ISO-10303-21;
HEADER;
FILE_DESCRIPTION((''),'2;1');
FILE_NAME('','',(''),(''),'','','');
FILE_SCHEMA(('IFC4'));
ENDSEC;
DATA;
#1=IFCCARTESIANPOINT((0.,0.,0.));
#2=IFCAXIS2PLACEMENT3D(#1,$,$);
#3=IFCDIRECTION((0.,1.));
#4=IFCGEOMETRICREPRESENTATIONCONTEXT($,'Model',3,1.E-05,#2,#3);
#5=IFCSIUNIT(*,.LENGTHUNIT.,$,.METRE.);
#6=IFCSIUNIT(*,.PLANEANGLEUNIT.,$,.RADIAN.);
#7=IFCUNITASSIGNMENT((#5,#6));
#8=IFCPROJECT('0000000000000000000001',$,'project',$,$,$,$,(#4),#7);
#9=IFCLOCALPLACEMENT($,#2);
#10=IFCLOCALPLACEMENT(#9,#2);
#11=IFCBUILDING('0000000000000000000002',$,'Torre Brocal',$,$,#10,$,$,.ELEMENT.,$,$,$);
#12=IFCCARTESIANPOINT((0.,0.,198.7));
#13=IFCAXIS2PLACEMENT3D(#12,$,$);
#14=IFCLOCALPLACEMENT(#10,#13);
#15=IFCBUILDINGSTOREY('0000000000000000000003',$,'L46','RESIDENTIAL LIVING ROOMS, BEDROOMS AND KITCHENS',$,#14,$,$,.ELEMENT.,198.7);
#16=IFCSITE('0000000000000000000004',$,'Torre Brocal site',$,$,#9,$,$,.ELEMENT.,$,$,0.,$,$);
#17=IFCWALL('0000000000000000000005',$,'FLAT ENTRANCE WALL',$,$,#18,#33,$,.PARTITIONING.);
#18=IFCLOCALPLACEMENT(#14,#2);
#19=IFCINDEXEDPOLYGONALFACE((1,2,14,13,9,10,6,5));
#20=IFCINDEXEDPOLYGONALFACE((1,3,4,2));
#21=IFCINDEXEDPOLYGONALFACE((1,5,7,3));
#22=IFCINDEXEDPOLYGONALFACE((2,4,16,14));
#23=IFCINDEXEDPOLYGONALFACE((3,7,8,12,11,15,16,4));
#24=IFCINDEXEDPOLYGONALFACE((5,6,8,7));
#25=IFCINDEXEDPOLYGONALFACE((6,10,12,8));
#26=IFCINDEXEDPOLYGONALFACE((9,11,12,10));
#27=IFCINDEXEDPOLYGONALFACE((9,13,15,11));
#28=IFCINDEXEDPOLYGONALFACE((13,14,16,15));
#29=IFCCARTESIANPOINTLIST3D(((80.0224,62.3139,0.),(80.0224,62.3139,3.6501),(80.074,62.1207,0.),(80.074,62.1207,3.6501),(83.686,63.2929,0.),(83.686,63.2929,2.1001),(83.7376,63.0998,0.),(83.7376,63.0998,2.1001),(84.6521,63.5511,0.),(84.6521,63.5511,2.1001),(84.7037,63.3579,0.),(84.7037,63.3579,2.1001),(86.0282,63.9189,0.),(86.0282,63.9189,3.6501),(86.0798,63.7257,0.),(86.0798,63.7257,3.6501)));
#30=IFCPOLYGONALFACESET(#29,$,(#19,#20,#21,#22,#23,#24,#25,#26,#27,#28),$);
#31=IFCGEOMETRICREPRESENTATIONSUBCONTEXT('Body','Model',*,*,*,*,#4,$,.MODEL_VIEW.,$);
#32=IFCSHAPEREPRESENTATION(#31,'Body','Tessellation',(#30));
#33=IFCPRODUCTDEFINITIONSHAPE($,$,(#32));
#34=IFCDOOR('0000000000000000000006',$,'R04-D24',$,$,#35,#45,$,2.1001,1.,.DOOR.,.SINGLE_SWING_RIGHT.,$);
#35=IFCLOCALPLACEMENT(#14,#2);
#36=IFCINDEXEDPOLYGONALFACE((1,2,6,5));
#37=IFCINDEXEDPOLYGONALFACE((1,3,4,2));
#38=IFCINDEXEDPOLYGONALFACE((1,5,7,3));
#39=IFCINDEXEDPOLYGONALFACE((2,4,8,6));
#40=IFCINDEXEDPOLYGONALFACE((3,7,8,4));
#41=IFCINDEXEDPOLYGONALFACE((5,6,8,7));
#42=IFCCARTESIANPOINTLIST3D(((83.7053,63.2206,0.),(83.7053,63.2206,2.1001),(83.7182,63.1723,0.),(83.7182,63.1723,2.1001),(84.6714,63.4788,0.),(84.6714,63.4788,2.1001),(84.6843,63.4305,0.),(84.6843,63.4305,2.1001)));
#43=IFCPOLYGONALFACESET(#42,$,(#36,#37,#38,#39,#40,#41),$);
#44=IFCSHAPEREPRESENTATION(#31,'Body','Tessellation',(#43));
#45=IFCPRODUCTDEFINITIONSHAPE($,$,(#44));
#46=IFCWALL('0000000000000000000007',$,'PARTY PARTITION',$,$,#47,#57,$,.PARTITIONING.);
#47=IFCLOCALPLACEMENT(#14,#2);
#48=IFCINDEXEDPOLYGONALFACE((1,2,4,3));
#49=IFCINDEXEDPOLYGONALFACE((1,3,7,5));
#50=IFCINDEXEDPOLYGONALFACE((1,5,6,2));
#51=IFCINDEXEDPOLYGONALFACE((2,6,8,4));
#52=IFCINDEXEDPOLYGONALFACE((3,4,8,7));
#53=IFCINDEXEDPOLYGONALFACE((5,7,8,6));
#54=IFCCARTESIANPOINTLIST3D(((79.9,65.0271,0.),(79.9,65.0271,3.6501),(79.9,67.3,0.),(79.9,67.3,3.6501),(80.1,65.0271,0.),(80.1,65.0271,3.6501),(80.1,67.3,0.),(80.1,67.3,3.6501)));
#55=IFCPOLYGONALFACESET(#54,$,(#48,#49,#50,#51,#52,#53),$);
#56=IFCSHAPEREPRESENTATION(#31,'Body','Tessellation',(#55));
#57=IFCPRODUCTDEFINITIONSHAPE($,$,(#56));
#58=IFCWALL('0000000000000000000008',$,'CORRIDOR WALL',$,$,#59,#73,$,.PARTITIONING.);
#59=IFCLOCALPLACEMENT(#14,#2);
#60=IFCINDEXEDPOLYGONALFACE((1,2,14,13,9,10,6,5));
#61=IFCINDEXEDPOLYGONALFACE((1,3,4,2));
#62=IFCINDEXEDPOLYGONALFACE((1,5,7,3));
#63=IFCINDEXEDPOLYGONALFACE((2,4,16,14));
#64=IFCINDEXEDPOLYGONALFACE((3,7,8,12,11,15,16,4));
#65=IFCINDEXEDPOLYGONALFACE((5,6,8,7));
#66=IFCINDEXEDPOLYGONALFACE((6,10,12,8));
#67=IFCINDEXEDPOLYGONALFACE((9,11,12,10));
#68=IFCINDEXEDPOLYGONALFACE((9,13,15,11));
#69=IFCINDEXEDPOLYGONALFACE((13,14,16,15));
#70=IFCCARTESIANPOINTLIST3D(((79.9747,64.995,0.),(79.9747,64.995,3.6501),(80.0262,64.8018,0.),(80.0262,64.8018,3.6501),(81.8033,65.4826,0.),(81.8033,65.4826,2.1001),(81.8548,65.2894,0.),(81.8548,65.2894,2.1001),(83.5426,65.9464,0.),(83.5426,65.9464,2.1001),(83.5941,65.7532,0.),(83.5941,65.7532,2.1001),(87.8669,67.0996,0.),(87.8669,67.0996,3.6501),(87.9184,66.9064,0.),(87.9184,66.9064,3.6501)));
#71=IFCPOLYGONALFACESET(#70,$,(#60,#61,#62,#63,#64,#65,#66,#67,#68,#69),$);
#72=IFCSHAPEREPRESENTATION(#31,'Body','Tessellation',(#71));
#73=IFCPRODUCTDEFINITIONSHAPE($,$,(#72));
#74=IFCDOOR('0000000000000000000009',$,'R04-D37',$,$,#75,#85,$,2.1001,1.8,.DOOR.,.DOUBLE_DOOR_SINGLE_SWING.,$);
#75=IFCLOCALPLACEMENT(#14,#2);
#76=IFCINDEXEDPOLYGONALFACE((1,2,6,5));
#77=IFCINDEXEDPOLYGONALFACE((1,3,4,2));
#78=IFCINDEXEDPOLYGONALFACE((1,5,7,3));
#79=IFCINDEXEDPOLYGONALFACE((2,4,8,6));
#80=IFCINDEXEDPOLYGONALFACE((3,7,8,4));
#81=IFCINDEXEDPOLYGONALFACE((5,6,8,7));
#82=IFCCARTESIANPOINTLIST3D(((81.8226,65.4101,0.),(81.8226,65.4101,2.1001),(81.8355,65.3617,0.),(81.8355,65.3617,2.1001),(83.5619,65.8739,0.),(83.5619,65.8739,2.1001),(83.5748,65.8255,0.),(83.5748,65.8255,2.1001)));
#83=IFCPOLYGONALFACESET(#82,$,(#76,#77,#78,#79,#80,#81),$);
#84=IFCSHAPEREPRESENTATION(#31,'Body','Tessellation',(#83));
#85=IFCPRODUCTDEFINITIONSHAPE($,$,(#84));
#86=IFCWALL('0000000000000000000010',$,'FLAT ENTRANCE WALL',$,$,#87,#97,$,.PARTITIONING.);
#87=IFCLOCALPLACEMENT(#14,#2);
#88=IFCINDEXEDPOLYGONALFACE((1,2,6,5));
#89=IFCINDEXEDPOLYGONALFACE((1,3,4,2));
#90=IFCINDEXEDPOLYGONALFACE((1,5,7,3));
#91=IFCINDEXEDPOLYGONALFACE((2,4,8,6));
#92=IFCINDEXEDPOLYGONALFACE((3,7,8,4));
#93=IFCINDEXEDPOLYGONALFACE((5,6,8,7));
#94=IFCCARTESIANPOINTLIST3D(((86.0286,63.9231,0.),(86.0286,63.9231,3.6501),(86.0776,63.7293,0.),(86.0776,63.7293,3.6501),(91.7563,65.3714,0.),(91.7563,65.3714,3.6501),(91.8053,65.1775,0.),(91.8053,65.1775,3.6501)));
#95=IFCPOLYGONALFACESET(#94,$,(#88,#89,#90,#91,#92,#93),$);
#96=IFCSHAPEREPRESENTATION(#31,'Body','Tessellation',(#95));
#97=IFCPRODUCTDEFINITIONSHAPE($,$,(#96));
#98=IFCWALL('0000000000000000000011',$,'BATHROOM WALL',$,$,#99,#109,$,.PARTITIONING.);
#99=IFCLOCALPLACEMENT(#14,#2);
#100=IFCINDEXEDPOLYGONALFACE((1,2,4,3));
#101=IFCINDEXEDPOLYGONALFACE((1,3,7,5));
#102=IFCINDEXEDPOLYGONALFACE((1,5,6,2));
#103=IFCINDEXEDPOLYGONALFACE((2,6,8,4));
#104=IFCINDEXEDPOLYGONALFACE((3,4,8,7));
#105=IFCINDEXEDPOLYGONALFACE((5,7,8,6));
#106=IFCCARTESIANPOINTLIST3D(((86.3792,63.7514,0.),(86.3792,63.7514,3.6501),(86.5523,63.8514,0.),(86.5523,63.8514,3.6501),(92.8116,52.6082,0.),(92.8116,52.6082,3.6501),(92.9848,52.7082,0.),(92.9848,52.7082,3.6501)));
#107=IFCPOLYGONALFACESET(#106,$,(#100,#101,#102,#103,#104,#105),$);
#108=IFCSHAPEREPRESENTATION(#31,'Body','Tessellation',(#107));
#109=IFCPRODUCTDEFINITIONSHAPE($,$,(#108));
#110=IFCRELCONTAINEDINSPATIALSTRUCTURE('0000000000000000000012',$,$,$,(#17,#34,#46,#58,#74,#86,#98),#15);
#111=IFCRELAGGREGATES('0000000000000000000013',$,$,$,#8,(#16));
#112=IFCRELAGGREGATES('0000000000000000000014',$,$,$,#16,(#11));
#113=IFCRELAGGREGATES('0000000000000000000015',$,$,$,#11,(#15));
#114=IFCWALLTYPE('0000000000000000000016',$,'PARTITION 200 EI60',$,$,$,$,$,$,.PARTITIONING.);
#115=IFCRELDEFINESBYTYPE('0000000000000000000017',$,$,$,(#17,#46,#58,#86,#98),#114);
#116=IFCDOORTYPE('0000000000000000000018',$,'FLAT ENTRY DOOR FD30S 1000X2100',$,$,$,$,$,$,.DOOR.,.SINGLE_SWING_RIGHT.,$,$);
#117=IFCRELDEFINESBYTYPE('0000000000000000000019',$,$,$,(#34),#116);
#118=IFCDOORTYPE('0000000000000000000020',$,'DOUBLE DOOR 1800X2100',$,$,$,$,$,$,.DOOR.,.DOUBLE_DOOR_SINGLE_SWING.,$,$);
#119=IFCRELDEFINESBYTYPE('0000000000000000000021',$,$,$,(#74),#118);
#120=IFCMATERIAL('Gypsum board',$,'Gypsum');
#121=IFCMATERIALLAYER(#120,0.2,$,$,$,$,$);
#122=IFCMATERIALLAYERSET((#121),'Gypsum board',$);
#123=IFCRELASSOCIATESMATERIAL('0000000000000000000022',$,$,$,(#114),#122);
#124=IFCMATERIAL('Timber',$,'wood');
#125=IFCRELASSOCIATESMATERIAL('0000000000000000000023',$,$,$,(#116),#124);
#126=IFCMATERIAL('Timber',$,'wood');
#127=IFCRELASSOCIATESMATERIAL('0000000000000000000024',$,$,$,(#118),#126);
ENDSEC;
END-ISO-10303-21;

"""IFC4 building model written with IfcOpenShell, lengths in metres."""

from ifc_helpers import new_model, si_unit, direction, frame, frame_2d, origin, place, context, subcontext, project, spatial, rectangle, extrude, material, layer, layer_set, type_object, element, fill, save


model = new_model("IFC4")

# Units and contexts
model_context = context("Model", 3, precision=1e-05, world=origin(), true_north=direction((0.0, 1.0)))
body_context = subcontext(model_context, "Body", "Model", "MODEL_VIEW")
ifc_project = project(units=[si_unit("LENGTHUNIT", "METRE"), si_unit("PLANEANGLEUNIT", "RADIAN")], contexts=[model_context])

# Site, building, storey
site_placement = place(None, origin())
site = spatial("IfcSite", under=ifc_project, at=site_placement, Name="Torre Brocal site", CompositionType="ELEMENT", RefElevation=0.0)
building_placement = place(site_placement, origin())
building = spatial("IfcBuilding", under=site, at=building_placement, Name="Torre Brocal", CompositionType="ELEMENT")
storey_placement = place(building_placement, frame((0.0, 0.0, 198.7)))
storey = spatial("IfcBuildingStorey", under=building, at=storey_placement, Name="L46", Description="RESIDENTIAL LIVING ROOMS, BEDROOMS AND KITCHENS", CompositionType="ELEMENT", Elevation=198.7)

# Wall, opening, door
ifc_material_1 = material(Name="Gypsum board", Category="Gypsum")
ifc_layer_1 = layer(ifc_material_1, 0.2)
ifc_layer_set_1 = layer_set([ifc_layer_1], Name="Gypsum board")
wall_type_1 = type_object("IfcWallType", Name="PARTITION 200 EI60", PredefinedType="PARTITIONING", material=ifc_layer_set_1)
wall_1_placement = place(storey_placement, frame((80.0481, 62.2173, 0.0), z_axis=(0.0, 0.0, 1.0), x_axis=(0.966098, 0.258176, 0.0)))
wall_1 = element("IfcWall", 1, at=wall_1_placement, inside=storey, type_object=wall_type_1, Name="FLAT ENTRANCE WALL", PredefinedType="PARTITIONING", context=body_context, shape_type="SweptSolid", body=[
    extrude(rectangle(XDim=6.2166, YDim=0.2, at=frame_2d((3.1084, 0.0))), origin(), (0.0, 0.0, 1.0), 3.6501),
])
opening_1_placement = place(wall_1_placement, frame((3.7922, 0.0, 0.0)))
opening_1 = element("IfcOpeningElement", 2, at=opening_1_placement, cuts=wall_1, PredefinedType="OPENING", context=body_context, shape_type="SweptSolid", body=[
    extrude(rectangle(XDim=1.0, YDim=2.1001, at=frame_2d((0.5, 1.05))), frame((0.0, 0.1099, 0.0), z_axis=(0.0, -1.0, 0.0), x_axis=(1.0, 0.0, 0.0)), (0.0, 0.0, 1.0), 0.22),
])
ifc_material_2 = material(Name="Timber", Category="wood")
door_type_1 = type_object("IfcDoorType", Name="FLAT ENTRY DOOR FD30S 1000X2100", OperationType="SINGLE_SWING_RIGHT", PredefinedType="DOOR", material=ifc_material_2)
door_1_placement = place(opening_1_placement, frame((1.0, 0.0, 0.0), z_axis=(0.0, 0.0, 1.0), x_axis=(-1.0, 0.0, 0.0)))
door_1 = element("IfcDoor", 3, at=door_1_placement, inside=storey, type_object=door_type_1, Name="R04-D24", OperationType="SINGLE_SWING_RIGHT", OverallHeight=2.1001, OverallWidth=1.0, PredefinedType="DOOR", context=body_context, shape_type="SweptSolid", body=[
    extrude(rectangle(XDim=1.0, YDim=2.1001, at=frame_2d((0.5, 1.05))), frame((0.0, 0.0249, 0.0), z_axis=(0.0, -1.0, 0.0), x_axis=(1.0, 0.0, 0.0)), (0.0, 0.0, 1.0), 0.05),
])
fill(opening_1, door_1)

# Wall
wall_2_placement = place(storey_placement, frame((80.0, 65.0271, 0.0), z_axis=(0.0, 0.0, 1.0), x_axis=(0.0, 1.0, 0.0)))
element("IfcWall", 4, at=wall_2_placement, inside=storey, type_object=wall_type_1, Name="PARTY PARTITION", PredefinedType="PARTITIONING", context=body_context, shape_type="SweptSolid", body=[
    extrude(rectangle(XDim=2.2729, YDim=0.2, at=frame_2d((1.1365, 0.0))), origin(), (0.0, 0.0, 1.0), 3.6501),
])

# Wall, opening, door
wall_3_placement = place(storey_placement, frame((80.0005, 64.8984, 0.0), z_axis=(0.0, 0.0, 1.0), x_axis=(0.966237, 0.257655, 0.0)))
wall_3 = element("IfcWall", 5, at=wall_3_placement, inside=storey, type_object=wall_type_1, Name="CORRIDOR WALL", PredefinedType="PARTITIONING", context=body_context, shape_type="SweptSolid", body=[
    extrude(rectangle(XDim=8.168, YDim=0.2, at=frame_2d((4.084, 0.0))), origin(), (0.0, 0.0, 1.0), 3.6501),
])
opening_2_placement = place(wall_3_placement, frame((1.8926, 0.0, 0.0)))
opening_2 = element("IfcOpeningElement", 6, at=opening_2_placement, cuts=wall_3, PredefinedType="OPENING", context=body_context, shape_type="SweptSolid", body=[
    extrude(rectangle(XDim=1.8, YDim=2.1001, at=frame_2d((0.8999, 1.05))), frame((0.0, 0.1099, 0.0), z_axis=(0.0, -1.0, 0.0), x_axis=(1.0, 0.0, 0.0)), (0.0, 0.0, 1.0), 0.22),
])
ifc_material_3 = material(Name="Timber", Category="wood")
door_type_2 = type_object("IfcDoorType", Name="DOUBLE DOOR 1800X2100", OperationType="DOUBLE_DOOR_SINGLE_SWING", PredefinedType="DOOR", material=ifc_material_3)
door_2_placement = place(opening_2_placement, origin())
door_2 = element("IfcDoor", 7, at=door_2_placement, inside=storey, type_object=door_type_2, Name="R04-D37", OperationType="DOUBLE_DOOR_SINGLE_SWING", OverallHeight=2.1001, OverallWidth=1.8, PredefinedType="DOOR", context=body_context, shape_type="SweptSolid", body=[
    extrude(rectangle(XDim=1.8, YDim=2.1001, at=frame_2d((0.8999, 1.05))), frame((0.0, 0.0249, 0.0), z_axis=(0.0, -1.0, 0.0), x_axis=(1.0, 0.0, 0.0)), (0.0, 0.0, 1.0), 0.05),
])
fill(opening_2, door_2)

# Walls
wall_4_placement = place(storey_placement, frame((86.053, 63.8262, 0.0), z_axis=(0.0, 0.0, 1.0), x_axis=(0.96949, 0.245131, 0.0)))
element("IfcWall", 8, at=wall_4_placement, inside=storey, type_object=wall_type_1, Name="FLAT ENTRANCE WALL", PredefinedType="PARTITIONING", context=body_context, shape_type="SweptSolid", body=[
    extrude(rectangle(XDim=5.908, YDim=0.2, at=frame_2d((2.9541, 0.0))), origin(), (0.0, 0.0, 1.0), 3.6501),
])
wall_5_placement = place(storey_placement, frame((86.4658, 63.8013, 0.0), z_axis=(0.0, 0.0, 1.0), x_axis=(0.499937, -0.866062, 0.0)))
element("IfcWall", 9, at=wall_5_placement, inside=storey, type_object=wall_type_1, Name="BATHROOM WALL", PredefinedType="PARTITIONING", context=body_context, shape_type="SweptSolid", body=[
    extrude(rectangle(XDim=12.8665, YDim=0.2, at=frame_2d((6.4331, 0.0))), origin(), (0.0, 0.0, 1.0), 3.6501),
])

save(model, "model.ifc")
